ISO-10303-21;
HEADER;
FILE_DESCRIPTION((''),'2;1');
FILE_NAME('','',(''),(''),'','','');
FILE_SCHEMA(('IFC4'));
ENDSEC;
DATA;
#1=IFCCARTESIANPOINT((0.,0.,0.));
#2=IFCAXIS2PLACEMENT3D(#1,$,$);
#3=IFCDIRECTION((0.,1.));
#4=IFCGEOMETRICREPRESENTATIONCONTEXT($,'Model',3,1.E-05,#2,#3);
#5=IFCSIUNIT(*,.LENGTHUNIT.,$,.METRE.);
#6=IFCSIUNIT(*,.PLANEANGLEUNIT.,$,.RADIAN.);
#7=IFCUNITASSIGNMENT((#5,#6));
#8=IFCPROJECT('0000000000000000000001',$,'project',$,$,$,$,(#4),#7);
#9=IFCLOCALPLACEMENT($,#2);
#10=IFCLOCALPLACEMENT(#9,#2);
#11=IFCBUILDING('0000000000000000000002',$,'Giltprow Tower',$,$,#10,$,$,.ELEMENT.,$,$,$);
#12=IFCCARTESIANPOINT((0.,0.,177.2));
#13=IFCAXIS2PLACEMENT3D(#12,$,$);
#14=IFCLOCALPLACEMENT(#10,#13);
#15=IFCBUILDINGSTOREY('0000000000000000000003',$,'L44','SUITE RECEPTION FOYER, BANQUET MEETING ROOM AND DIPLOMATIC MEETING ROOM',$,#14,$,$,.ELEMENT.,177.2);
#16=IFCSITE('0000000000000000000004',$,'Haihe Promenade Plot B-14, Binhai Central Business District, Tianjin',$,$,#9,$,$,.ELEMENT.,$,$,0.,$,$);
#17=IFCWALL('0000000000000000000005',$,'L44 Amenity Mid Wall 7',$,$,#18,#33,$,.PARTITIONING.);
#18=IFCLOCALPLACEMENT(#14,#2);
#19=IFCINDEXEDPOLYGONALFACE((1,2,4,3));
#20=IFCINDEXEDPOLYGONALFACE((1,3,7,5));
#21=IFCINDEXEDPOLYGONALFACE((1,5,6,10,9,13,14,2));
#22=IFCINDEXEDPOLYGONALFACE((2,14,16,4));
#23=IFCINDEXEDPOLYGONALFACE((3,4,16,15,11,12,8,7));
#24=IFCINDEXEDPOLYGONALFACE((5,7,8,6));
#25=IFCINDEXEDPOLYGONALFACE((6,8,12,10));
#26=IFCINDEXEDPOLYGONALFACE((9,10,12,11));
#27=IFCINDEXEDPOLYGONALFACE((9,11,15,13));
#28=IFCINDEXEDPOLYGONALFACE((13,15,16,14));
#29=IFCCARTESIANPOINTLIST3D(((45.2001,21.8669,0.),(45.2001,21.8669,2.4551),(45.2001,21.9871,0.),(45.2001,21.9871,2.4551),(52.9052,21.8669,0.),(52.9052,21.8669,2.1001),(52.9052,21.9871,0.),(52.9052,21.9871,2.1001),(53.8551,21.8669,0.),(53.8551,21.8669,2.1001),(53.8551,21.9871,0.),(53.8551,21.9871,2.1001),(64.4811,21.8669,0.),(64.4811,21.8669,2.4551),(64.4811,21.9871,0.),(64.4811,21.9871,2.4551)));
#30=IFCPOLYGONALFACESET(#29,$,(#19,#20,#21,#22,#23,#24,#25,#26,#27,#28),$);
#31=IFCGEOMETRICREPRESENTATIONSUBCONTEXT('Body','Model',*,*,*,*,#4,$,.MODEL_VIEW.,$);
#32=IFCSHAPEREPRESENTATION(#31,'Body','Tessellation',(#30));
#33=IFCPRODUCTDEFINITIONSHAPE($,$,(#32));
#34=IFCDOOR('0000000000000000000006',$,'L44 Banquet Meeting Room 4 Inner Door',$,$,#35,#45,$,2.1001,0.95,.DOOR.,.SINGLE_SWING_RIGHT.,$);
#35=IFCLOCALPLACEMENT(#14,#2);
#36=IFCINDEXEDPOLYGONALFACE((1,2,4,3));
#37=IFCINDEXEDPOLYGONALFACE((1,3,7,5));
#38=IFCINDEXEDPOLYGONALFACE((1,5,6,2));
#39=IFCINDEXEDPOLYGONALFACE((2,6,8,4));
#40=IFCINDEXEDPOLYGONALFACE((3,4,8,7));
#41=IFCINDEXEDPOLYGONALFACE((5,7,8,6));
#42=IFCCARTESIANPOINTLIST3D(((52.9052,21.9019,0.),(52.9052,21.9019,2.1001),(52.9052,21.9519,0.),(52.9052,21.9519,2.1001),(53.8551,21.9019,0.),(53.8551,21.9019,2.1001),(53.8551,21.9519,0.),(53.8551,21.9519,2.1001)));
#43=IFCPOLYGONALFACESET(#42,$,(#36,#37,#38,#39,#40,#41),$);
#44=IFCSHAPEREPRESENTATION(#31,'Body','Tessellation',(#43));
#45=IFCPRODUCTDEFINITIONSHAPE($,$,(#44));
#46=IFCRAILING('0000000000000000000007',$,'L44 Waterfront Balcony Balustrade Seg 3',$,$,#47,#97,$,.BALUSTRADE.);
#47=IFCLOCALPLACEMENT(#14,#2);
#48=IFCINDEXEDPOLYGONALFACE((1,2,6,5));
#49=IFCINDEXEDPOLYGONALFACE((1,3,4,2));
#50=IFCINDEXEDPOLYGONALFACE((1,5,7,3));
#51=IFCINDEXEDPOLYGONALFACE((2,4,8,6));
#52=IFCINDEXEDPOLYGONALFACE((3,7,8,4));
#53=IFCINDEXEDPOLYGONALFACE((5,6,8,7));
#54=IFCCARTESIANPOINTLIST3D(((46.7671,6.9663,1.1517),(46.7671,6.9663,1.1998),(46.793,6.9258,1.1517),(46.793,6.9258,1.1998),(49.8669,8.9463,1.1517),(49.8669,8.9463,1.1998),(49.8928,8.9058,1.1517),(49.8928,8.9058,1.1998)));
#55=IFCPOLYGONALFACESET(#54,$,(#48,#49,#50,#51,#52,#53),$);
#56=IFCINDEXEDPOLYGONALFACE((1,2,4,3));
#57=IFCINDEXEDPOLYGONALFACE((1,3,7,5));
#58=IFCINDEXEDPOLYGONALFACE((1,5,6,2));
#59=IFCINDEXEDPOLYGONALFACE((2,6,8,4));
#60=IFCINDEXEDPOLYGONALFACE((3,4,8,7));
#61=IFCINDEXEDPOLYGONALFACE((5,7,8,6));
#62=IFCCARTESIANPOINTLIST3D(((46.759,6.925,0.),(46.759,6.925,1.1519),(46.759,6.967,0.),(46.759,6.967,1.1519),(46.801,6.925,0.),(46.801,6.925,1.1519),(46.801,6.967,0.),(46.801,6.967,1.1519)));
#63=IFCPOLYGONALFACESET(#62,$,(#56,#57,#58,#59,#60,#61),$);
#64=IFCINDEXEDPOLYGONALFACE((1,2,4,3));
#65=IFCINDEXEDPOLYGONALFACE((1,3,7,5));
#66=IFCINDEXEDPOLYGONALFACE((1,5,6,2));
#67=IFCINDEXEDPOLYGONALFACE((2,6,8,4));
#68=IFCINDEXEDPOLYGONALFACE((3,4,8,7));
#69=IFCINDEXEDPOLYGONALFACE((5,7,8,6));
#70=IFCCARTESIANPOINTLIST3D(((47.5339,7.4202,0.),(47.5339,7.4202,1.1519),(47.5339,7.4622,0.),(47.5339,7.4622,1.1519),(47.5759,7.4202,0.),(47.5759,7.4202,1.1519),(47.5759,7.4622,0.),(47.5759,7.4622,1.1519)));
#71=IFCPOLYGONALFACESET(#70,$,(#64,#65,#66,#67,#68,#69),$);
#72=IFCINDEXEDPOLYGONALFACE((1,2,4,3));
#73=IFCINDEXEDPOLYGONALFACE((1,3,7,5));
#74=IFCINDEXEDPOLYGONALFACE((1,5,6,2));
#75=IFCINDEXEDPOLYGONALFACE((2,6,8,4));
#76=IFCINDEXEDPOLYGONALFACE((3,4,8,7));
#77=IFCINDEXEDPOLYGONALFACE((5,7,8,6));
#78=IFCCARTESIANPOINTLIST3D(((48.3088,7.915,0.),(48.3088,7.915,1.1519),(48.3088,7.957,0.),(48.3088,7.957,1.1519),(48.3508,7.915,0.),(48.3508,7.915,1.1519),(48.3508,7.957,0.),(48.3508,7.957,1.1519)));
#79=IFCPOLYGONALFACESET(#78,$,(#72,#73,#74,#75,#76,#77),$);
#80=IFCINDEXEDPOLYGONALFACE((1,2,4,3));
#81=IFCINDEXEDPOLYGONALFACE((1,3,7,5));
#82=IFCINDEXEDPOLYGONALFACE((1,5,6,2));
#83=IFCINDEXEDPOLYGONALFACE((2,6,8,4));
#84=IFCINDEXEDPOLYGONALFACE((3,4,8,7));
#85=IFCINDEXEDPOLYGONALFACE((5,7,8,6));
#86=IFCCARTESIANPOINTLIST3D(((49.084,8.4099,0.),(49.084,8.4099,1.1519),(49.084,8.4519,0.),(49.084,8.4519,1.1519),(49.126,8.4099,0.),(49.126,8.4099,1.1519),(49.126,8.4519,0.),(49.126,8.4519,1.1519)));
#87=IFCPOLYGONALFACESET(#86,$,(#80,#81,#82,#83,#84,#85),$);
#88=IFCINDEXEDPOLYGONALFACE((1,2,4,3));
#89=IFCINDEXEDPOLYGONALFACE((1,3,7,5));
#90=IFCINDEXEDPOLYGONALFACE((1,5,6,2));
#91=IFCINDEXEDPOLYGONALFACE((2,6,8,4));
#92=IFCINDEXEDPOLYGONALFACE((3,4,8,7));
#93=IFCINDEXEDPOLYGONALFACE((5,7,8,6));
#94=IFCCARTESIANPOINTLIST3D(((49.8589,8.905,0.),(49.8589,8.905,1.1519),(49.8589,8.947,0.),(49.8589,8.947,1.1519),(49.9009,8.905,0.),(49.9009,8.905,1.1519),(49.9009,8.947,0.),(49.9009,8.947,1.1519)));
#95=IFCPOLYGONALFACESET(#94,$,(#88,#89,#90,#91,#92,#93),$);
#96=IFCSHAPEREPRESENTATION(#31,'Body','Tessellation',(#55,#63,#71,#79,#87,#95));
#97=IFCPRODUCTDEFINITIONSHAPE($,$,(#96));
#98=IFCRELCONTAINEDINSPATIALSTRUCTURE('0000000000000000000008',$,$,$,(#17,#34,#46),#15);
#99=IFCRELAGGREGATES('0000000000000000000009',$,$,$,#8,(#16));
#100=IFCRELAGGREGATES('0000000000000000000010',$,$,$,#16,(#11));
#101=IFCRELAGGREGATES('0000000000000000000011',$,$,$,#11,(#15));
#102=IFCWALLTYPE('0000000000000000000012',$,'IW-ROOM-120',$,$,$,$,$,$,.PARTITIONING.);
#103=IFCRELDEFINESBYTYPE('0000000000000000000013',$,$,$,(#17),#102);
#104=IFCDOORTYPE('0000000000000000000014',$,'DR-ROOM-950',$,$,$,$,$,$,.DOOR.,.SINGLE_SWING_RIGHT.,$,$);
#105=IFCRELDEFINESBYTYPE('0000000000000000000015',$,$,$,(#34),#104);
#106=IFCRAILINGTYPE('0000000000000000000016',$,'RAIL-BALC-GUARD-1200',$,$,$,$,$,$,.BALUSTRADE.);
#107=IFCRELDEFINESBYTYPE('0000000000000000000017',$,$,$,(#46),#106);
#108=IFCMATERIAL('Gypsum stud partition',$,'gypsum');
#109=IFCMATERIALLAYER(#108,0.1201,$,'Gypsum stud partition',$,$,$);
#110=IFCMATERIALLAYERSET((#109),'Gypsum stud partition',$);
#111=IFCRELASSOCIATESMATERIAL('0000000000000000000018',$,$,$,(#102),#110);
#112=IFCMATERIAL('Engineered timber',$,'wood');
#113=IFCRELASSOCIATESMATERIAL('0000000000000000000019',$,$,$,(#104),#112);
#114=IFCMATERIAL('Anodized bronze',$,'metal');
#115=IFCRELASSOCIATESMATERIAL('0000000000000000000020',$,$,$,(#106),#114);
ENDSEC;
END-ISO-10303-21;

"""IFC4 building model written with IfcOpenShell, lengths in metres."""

from ifc_helpers import new_model, si_unit, direction, frame, frame_2d, origin, origin_2d, place, context, subcontext, project, spatial, rectangle, extrude, source, transform, mapped, material, layer, layer_set, type_object, element, fill, save


model = new_model("IFC4")

# Units and contexts
model_context = context("Model", 3, precision=1e-05, world=origin(), true_north=direction((0.0, 1.0)))
body_context = subcontext(model_context, "Body", "Model", "MODEL_VIEW")
ifc_project = project(units=[si_unit("LENGTHUNIT", "METRE"), si_unit("PLANEANGLEUNIT", "RADIAN")], contexts=[model_context])

# Site, building, storey
site_placement = place(None, origin())
site = spatial("IfcSite", under=ifc_project, at=site_placement, Name="Haihe Promenade Plot B-14, Binhai Central Business District, Tianjin", CompositionType="ELEMENT", RefElevation=0.0)
building_placement = place(site_placement, origin())
building = spatial("IfcBuilding", under=site, at=building_placement, Name="Giltprow Tower", CompositionType="ELEMENT")
storey_placement = place(building_placement, frame((0.0, 0.0, 177.2)))
storey = spatial("IfcBuildingStorey", under=building, at=storey_placement, Name="L44", Description="SUITE RECEPTION FOYER, BANQUET MEETING ROOM AND DIPLOMATIC MEETING ROOM", CompositionType="ELEMENT", Elevation=177.2)

# Shared definitions
ifc_material_1 = material(Name="Anodized bronze", Category="metal")

# Shared definitions
ifc_material_2 = material(Name="Gypsum stud partition", Category="gypsum")

# Wall, opening, door
ifc_layer_1 = layer(ifc_material_2, 0.1201, Name="Gypsum stud partition")
ifc_layer_set_1 = layer_set([ifc_layer_1], Name="Gypsum stud partition")
wall_type_1 = type_object("IfcWallType", Name="IW-ROOM-120", PredefinedType="PARTITIONING", material=ifc_layer_set_1)
wall_1_placement = place(storey_placement, frame((45.2, 21.927, 0.0), z_axis=(0.0, 0.0, 1.0), x_axis=(1.0, 0.0, 0.0)))
wall_1 = element("IfcWall", 1, at=wall_1_placement, inside=storey, type_object=wall_type_1, Name="L44 Amenity Mid Wall 7", PredefinedType="PARTITIONING", context=body_context, shape_type="SweptSolid", body=[
    extrude(rectangle(XDim=19.281, YDim=0.1201, at=frame_2d((9.6406, 0.0))), origin(), (0.0, 0.0, 1.0), 2.4551),
])
opening_1_placement = place(wall_1_placement, frame((7.7051, 0.0, 0.0)))
opening_1 = element("IfcOpeningElement", 2, at=opening_1_placement, cuts=wall_1, PredefinedType="OPENING", context=body_context, shape_type="SweptSolid", body=[
    extrude(rectangle(XDim=0.95, YDim=2.1001, at=frame_2d((0.4751, 1.05))), frame((0.0, 0.0701, 0.0), z_axis=(0.0, -1.0, 0.0), x_axis=(1.0, 0.0, 0.0)), (0.0, 0.0, 1.0), 0.1401),
])
ifc_material_3 = material(Name="Engineered timber", Category="wood")
door_type_1 = type_object("IfcDoorType", Name="DR-ROOM-950", OperationType="SINGLE_SWING_RIGHT", PredefinedType="DOOR", material=ifc_material_3)
shared_shape_1 = source(origin(), body_context, "Body", "SweptSolid", [
    extrude(rectangle(XDim=0.95, YDim=2.1001, at=frame_2d((0.4751, 1.05))), frame((0.0, 0.0249, 0.0), z_axis=(0.0, -1.0, 0.0), x_axis=(1.0, 0.0, 0.0)), (0.0, 0.0, 1.0), 0.05),
])
door_1_placement = place(opening_1_placement, origin())
door_1 = element("IfcDoor", 3, at=door_1_placement, inside=storey, type_object=door_type_1, Name="L44 Banquet Meeting Room 4 Inner Door", OperationType="SINGLE_SWING_RIGHT", OverallHeight=2.1001, OverallWidth=0.95, PredefinedType="DOOR", context=body_context, shape_type="MappedRepresentation", body=[
    mapped(shared_shape_1, transform((0.0, 0.0, 0.0), x_axis=(1.0, 0.0, 0.0), y_axis=(0.0, 1.0, 0.0), z_axis=(0.0, 0.0, 1.0), scale=1.0)),
])
fill(opening_1, door_1)

# Railing
railing_type = type_object("IfcRailingType", Name="RAIL-BALC-GUARD-1200", PredefinedType="BALUSTRADE", material=ifc_material_1)
railing_1_placement = place(storey_placement, frame((46.78, 6.946, 0.0)))
element("IfcRailing", 4, at=railing_1_placement, inside=storey, type_object=railing_type, Name="L44 Waterfront Balcony Balustrade Seg 3", PredefinedType="BALUSTRADE", context=body_context, shape_type="SweptSolid", body=[
    extrude(rectangle(XDim=0.0481, YDim=0.0481, at=origin_2d()), frame((0.0, 0.0, 1.1758), z_axis=(0.842756, 0.538296, 0.0), x_axis=(-0.538296, 0.842756, 0.0)), (0.0, 0.0, 1.0), 3.6782),
    extrude(rectangle(XDim=0.042, YDim=0.042, at=origin_2d()), origin(), (0.0, 0.0, 1.0), 1.1519),
    extrude(rectangle(XDim=0.042, YDim=0.042, at=origin_2d()), frame((0.7749, 0.4951, 0.0)), (0.0, 0.0, 1.0), 1.1519),
    extrude(rectangle(XDim=0.042, YDim=0.042, at=origin_2d()), frame((1.5498, 0.99, 0.0)), (0.0, 0.0, 1.0), 1.1519),
    extrude(rectangle(XDim=0.042, YDim=0.042, at=origin_2d()), frame((2.325, 1.4849, 0.0)), (0.0, 0.0, 1.0), 1.1519),
    extrude(rectangle(XDim=0.042, YDim=0.042, at=origin_2d()), frame((3.0999, 1.98, 0.0)), (0.0, 0.0, 1.0), 1.1519),
])

save(model, "model.ifc")
